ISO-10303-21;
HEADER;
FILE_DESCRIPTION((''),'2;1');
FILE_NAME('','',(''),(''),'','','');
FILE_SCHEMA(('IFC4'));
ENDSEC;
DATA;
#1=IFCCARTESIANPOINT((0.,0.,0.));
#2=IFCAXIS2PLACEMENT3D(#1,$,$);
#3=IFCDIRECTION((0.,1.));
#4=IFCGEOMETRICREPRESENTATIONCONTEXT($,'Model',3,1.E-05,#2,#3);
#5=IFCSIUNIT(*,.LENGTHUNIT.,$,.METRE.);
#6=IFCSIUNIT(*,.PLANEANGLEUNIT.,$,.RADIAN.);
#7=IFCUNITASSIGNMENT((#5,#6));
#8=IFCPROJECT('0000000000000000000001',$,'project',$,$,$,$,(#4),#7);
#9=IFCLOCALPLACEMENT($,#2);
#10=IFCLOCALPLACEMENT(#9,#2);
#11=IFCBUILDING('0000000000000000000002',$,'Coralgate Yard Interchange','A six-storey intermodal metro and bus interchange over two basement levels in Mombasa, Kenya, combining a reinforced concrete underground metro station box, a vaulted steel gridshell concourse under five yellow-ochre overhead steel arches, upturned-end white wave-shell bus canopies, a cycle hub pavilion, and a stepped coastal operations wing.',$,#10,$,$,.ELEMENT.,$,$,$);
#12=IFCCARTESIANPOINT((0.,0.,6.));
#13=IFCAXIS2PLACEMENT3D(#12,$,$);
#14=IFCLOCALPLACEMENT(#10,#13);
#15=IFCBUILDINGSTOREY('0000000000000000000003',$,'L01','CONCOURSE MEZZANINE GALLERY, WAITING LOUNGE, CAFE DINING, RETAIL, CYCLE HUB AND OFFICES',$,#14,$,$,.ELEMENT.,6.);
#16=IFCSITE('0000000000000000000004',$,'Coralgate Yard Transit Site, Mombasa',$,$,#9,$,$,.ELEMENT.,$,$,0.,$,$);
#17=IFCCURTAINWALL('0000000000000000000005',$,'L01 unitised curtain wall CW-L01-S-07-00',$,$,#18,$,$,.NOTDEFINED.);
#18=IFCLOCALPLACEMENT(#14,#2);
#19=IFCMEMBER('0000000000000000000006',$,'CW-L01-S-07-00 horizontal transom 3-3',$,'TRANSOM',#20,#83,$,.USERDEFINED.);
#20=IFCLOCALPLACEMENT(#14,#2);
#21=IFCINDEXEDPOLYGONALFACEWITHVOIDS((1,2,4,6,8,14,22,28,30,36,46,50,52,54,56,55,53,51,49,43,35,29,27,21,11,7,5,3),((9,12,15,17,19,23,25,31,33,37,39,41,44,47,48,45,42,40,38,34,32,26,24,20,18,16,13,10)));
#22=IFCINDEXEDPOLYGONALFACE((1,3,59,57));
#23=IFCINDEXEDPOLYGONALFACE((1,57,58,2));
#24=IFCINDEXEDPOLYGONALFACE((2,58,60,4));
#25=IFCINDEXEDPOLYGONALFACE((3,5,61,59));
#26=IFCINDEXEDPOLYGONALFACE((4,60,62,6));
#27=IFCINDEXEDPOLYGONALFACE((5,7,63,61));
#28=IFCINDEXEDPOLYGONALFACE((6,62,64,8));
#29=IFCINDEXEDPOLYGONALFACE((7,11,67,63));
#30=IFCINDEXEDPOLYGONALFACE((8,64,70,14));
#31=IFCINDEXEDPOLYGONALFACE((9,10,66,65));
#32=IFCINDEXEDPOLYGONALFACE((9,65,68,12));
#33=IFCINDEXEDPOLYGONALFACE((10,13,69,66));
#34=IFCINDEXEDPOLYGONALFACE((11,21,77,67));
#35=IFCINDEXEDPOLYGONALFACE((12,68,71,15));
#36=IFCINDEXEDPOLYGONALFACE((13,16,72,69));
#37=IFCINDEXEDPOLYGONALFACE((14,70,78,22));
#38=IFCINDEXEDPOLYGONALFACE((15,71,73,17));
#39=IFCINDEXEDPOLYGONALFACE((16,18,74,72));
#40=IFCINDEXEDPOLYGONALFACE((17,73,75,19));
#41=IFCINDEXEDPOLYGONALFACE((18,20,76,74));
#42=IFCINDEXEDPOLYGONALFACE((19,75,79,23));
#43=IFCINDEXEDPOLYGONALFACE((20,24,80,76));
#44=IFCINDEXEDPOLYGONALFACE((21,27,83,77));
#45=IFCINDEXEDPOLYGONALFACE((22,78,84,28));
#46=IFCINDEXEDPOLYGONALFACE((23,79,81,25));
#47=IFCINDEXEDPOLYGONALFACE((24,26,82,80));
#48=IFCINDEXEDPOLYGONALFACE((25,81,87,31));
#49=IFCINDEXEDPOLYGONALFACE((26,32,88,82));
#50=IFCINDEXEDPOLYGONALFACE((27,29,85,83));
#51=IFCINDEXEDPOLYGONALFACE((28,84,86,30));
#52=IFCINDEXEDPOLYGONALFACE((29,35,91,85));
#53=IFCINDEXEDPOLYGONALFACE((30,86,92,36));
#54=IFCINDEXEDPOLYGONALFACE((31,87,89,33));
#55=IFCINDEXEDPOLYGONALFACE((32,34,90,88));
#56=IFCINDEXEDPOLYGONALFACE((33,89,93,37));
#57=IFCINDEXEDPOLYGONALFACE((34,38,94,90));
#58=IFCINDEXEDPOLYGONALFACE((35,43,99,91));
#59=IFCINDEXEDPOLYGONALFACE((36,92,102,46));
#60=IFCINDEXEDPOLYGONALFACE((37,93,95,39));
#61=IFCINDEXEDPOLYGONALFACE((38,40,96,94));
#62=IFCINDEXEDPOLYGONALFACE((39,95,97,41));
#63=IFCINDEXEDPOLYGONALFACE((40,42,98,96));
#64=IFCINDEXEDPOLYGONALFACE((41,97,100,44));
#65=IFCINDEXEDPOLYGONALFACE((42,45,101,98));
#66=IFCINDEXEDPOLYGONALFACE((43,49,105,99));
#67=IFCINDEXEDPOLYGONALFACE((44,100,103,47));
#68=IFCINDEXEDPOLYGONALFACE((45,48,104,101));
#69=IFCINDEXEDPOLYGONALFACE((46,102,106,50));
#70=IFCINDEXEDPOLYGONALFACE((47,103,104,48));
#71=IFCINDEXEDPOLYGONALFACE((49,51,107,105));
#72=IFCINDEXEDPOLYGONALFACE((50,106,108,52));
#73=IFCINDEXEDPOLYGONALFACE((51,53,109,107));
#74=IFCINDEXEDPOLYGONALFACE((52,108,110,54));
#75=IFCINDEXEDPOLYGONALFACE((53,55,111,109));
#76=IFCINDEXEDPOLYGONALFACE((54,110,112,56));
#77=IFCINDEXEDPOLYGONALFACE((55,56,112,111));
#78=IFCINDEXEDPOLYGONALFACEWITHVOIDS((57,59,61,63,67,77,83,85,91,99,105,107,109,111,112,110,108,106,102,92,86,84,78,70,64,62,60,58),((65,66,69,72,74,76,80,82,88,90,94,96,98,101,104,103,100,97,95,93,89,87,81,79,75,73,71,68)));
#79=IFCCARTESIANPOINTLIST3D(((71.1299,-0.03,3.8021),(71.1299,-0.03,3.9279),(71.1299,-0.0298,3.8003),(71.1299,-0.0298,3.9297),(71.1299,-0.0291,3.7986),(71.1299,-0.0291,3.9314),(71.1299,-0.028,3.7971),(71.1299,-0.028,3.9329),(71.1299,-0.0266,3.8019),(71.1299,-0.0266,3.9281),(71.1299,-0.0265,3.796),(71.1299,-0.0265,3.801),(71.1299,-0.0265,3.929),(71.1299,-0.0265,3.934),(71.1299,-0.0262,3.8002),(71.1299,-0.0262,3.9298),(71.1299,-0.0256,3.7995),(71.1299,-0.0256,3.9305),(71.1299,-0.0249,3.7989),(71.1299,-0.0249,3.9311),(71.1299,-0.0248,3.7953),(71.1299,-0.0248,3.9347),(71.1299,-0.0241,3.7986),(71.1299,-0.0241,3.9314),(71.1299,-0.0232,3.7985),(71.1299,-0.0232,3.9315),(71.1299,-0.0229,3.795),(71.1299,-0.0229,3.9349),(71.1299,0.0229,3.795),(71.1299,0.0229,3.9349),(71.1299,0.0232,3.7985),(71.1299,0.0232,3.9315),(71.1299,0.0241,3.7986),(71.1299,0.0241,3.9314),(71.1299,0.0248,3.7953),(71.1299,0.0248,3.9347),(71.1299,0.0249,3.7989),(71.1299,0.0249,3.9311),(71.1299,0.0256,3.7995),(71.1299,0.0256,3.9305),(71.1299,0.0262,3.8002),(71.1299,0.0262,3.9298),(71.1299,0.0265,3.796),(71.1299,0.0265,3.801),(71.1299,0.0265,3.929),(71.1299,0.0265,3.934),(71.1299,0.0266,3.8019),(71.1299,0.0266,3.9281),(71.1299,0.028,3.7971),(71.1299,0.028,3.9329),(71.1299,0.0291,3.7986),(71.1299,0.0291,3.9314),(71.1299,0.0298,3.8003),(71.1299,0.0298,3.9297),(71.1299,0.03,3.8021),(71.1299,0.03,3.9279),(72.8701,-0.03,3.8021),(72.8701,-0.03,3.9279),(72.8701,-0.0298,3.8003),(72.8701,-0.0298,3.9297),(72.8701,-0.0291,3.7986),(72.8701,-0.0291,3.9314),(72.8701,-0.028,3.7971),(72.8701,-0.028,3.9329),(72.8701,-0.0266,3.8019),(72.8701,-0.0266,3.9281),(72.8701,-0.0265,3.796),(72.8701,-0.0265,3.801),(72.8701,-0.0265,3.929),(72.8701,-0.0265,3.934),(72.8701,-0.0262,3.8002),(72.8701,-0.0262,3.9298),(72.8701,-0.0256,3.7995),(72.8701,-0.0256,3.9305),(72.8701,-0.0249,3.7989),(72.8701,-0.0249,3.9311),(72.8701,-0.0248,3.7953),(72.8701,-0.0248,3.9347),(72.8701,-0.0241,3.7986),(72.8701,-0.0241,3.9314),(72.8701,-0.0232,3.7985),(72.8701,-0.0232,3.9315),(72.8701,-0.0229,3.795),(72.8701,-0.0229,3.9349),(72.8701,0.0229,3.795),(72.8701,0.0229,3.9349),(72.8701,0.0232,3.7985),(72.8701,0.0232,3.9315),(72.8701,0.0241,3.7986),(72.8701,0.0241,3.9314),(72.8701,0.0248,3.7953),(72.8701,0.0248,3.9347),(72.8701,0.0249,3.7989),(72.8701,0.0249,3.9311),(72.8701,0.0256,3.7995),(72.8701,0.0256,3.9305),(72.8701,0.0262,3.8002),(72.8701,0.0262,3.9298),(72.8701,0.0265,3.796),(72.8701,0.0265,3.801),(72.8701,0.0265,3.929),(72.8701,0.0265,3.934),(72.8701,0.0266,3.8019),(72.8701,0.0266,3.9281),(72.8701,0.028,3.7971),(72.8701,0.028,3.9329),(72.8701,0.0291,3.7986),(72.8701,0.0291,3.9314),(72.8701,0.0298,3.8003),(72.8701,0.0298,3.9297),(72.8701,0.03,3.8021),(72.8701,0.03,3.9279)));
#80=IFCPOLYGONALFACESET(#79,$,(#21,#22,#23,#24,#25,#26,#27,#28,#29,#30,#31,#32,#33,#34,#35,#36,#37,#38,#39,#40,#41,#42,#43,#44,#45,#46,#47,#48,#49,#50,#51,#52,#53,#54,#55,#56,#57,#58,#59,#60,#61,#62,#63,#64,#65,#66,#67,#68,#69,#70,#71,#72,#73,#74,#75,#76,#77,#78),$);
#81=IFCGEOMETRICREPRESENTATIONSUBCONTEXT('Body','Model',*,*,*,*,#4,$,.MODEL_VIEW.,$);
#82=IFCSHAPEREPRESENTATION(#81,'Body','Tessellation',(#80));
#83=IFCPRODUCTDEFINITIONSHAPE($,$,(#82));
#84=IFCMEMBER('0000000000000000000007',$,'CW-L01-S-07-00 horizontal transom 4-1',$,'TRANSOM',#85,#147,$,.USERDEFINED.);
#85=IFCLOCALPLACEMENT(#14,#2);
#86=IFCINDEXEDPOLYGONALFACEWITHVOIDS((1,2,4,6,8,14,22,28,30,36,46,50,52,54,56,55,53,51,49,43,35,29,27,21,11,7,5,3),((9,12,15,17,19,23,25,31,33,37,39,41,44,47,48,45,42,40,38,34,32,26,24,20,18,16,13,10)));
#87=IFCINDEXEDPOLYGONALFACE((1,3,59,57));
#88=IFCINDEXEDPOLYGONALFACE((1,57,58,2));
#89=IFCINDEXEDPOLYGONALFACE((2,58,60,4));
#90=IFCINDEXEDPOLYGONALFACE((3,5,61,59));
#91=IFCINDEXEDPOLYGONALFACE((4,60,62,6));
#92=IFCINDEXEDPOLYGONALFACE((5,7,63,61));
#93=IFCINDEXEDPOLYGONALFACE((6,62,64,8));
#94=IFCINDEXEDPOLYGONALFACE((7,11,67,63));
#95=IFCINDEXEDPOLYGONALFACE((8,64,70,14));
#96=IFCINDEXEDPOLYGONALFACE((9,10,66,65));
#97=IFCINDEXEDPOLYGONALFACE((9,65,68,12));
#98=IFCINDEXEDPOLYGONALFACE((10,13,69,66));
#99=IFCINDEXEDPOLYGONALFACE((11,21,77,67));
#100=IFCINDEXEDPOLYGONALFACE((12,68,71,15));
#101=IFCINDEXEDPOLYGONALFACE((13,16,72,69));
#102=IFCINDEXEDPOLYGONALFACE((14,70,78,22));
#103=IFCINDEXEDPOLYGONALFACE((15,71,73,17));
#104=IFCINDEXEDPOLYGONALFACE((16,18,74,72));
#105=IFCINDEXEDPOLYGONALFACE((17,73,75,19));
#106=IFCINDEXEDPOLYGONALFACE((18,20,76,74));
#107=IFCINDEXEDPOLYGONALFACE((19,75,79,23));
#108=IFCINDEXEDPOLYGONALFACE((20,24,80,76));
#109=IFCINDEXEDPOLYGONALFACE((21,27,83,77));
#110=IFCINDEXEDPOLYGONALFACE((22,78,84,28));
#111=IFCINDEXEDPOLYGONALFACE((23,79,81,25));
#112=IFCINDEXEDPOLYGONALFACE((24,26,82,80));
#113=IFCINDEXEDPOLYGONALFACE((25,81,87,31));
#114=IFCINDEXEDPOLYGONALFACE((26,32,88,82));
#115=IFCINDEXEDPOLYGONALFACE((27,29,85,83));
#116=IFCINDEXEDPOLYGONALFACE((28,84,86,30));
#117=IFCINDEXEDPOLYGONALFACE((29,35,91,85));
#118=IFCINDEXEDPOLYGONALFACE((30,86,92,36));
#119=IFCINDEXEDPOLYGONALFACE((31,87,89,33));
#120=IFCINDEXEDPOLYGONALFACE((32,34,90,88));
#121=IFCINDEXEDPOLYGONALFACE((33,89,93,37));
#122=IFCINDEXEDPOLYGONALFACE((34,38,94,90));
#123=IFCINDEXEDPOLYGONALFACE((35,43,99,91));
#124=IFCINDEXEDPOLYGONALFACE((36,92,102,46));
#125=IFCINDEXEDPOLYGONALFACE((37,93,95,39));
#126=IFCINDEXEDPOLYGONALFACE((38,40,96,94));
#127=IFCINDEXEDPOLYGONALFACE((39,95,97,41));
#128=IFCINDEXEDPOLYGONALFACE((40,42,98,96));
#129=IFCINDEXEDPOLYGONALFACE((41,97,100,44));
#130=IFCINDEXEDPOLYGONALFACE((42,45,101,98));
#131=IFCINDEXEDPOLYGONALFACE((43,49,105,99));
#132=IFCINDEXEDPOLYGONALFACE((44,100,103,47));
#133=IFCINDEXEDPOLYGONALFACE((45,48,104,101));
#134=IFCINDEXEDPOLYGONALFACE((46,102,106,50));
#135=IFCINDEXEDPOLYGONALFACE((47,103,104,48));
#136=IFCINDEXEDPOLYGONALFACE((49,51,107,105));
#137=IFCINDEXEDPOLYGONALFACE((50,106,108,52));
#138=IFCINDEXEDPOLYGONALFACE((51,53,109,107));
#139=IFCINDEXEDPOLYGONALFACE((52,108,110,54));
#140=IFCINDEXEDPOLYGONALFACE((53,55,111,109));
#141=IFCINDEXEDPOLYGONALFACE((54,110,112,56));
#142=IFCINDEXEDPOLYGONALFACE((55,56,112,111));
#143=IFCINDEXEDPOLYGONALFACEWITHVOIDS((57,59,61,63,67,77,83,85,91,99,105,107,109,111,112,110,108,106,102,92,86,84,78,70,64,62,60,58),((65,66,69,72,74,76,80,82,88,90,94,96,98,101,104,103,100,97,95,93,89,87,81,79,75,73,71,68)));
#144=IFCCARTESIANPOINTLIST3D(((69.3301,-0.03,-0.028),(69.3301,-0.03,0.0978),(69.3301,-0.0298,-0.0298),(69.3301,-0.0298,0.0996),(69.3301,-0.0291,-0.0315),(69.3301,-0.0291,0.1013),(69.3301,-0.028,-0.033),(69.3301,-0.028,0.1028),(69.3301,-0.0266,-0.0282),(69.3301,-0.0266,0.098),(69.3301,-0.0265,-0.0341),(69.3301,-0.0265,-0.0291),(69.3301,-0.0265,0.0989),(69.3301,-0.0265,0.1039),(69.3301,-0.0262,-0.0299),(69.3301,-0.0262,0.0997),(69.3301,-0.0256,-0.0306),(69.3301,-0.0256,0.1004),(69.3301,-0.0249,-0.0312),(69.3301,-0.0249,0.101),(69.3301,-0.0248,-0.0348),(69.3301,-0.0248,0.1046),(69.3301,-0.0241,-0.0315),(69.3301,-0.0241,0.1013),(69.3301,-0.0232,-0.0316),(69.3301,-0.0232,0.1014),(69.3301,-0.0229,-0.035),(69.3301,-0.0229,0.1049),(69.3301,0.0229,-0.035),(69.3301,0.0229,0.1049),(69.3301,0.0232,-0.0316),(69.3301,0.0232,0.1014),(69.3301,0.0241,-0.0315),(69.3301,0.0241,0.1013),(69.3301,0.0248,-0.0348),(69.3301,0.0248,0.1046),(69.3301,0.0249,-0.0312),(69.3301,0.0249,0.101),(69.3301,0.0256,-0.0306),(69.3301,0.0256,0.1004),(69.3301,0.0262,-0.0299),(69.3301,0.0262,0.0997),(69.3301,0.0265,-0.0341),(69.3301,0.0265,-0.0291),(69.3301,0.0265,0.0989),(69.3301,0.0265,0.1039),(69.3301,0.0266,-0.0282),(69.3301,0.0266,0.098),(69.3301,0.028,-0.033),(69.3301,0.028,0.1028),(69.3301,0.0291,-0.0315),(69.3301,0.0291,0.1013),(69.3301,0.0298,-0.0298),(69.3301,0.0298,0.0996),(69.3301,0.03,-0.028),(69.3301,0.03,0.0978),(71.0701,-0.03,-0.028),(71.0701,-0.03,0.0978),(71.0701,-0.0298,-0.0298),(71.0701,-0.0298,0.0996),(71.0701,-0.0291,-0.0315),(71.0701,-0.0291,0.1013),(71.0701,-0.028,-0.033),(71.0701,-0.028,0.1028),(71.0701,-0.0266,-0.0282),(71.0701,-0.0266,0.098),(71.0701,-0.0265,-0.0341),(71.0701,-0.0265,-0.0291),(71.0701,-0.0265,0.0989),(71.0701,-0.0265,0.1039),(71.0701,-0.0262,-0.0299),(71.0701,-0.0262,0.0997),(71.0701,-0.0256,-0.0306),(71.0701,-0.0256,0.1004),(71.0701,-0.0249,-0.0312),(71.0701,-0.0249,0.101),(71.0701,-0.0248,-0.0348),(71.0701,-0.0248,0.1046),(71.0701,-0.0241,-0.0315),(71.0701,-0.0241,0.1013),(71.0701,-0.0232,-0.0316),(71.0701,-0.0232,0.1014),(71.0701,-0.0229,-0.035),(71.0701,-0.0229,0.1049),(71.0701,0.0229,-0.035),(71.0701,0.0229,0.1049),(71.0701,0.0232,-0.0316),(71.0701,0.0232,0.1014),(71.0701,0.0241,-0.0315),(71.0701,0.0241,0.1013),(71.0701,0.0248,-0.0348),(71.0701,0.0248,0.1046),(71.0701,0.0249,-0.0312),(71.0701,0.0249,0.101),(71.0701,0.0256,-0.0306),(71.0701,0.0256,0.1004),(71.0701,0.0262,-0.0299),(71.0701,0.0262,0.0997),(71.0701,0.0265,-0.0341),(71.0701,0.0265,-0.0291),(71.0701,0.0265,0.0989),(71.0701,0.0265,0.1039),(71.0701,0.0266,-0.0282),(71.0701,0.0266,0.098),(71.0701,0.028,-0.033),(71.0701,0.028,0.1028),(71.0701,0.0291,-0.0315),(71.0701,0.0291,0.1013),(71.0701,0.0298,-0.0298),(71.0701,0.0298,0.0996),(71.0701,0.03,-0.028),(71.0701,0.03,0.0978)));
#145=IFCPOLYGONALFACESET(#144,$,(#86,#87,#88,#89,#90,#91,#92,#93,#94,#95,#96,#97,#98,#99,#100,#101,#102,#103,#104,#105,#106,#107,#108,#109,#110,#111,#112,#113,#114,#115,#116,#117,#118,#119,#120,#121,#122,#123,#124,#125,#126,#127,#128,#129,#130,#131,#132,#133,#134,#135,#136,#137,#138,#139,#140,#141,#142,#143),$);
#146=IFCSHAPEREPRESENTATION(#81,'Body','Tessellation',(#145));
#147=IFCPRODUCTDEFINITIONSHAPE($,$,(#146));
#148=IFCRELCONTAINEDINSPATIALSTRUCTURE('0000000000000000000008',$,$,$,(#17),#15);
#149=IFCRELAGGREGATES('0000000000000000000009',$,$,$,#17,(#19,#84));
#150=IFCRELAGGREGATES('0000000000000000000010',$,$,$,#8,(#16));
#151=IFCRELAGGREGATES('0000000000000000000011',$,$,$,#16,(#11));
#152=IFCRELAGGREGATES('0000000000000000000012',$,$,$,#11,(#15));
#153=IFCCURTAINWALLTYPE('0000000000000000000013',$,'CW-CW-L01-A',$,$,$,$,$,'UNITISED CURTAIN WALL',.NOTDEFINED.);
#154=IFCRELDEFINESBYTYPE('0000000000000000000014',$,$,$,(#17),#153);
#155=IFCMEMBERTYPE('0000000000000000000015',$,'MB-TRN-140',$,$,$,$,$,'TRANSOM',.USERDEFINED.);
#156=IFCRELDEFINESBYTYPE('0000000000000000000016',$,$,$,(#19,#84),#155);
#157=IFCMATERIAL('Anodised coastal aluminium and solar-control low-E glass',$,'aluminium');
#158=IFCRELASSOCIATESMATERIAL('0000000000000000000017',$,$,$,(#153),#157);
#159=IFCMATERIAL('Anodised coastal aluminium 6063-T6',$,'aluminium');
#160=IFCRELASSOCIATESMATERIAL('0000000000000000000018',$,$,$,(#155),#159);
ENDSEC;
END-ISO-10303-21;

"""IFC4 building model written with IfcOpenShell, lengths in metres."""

from ifc_helpers import new_model, si_unit, direction, frame, origin, origin_2d, place, context, subcontext, project, spatial, hollow_rectangle, extrude, material, material_profile, profile_set, type_object, element, aggregate, save


model = new_model("IFC4")

# Units and contexts
model_context = context("Model", 3, precision=1e-05, world=origin(), true_north=direction((0.0, 1.0)))
body_context = subcontext(model_context, "Body", "Model", "MODEL_VIEW")
ifc_project = project(units=[si_unit("LENGTHUNIT", "METRE"), si_unit("PLANEANGLEUNIT", "RADIAN")], contexts=[model_context])

# Site, building, storey
site_placement = place(None, origin())
site = spatial("IfcSite", under=ifc_project, at=site_placement, Name="Coralgate Yard Transit Site, Mombasa", CompositionType="ELEMENT", RefElevation=0.0)
building_placement = place(site_placement, origin())
building = spatial("IfcBuilding", under=site, at=building_placement, Name="Coralgate Yard Interchange", Description="A six-storey intermodal metro and bus interchange over two basement levels in Mombasa, Kenya, combining a reinforced concrete underground metro station box, a vaulted steel gridshell concourse under five yellow-ochre overhead steel arches, upturned-end white wave-shell bus canopies, a cycle hub pavilion, and a stepped coastal operations wing.", CompositionType="ELEMENT")
storey_placement = place(building_placement, frame((0.0, 0.0, 6.0)))
storey = spatial("IfcBuildingStorey", under=building, at=storey_placement, Name="L01", Description="CONCOURSE MEZZANINE GALLERY, WAITING LOUNGE, CAFE DINING, RETAIL, CYCLE HUB AND OFFICES", CompositionType="ELEMENT", Elevation=6.0)

# Shared definitions
ifc_material_1 = material(Name="Anodised coastal aluminium and solar-control low-E glass", Category="aluminium")
curtain_wall_type = type_object("IfcCurtainWallType", Name="CW-CW-L01-A", ElementType="UNITISED CURTAIN WALL", PredefinedType="NOTDEFINED", material=ifc_material_1)
ifc_material_2 = material(Name="Anodised coastal aluminium 6063-T6", Category="aluminium")

# Curtain wall
curtain_wall_1_placement = place(storey_placement, origin())
curtain_wall_1 = element("IfcCurtainWall", 1, at=curtain_wall_1_placement, inside=storey, type_object=curtain_wall_type, Name="L01 unitised curtain wall CW-L01-S-07-00", PredefinedType="NOTDEFINED")

# Members
ifc_material_profile_1 = material_profile(ifc_material_2, hollow_rectangle(XDim=0.0601, YDim=0.1399, WallThickness=0.0034, InnerFilletRadius=0.0034, OuterFilletRadius=0.0071, at=origin_2d()), Name="ALU 60x140x3.5")
ifc_profile_set_1 = profile_set([ifc_material_profile_1], Name="Anodised coastal aluminium 6063-T6")
member_type_1 = type_object("IfcMemberType", Name="MB-TRN-140", ElementType="TRANSOM", PredefinedType="USERDEFINED", material=ifc_profile_set_1)
member_1_placement = place(storey_placement, frame((72.8701, 0.0, 3.865), z_axis=(-1.0, 0.0, 0.0), x_axis=(0.0, -1.0, 0.0)))
member_1 = element("IfcMember", 2, at=member_1_placement, type_object=member_type_1, Name="CW-L01-S-07-00 horizontal transom 3-3", ObjectType="TRANSOM", PredefinedType="USERDEFINED", context=body_context, shape_type="SweptSolid", body=[
    extrude(hollow_rectangle(XDim=0.0601, YDim=0.1399, WallThickness=0.0034, InnerFilletRadius=0.0034, OuterFilletRadius=0.0071, at=origin_2d()), origin(), (0.0, 0.0, 1.0), 1.7402),
])
member_2_placement = place(storey_placement, frame((71.0701, 0.0, 0.0349), z_axis=(-1.0, 0.0, 0.0), x_axis=(0.0, -1.0, 0.0)))
member_2 = element("IfcMember", 3, at=member_2_placement, type_object=member_type_1, Name="CW-L01-S-07-00 horizontal transom 4-1", ObjectType="TRANSOM", PredefinedType="USERDEFINED", context=body_context, shape_type="SweptSolid", body=[
    extrude(hollow_rectangle(XDim=0.0601, YDim=0.1399, WallThickness=0.0034, InnerFilletRadius=0.0034, OuterFilletRadius=0.0071, at=origin_2d()), origin(), (0.0, 0.0, 1.0), 1.74),
])

aggregate(curtain_wall_1, [member_1, member_2])

save(model, "model.ifc")
